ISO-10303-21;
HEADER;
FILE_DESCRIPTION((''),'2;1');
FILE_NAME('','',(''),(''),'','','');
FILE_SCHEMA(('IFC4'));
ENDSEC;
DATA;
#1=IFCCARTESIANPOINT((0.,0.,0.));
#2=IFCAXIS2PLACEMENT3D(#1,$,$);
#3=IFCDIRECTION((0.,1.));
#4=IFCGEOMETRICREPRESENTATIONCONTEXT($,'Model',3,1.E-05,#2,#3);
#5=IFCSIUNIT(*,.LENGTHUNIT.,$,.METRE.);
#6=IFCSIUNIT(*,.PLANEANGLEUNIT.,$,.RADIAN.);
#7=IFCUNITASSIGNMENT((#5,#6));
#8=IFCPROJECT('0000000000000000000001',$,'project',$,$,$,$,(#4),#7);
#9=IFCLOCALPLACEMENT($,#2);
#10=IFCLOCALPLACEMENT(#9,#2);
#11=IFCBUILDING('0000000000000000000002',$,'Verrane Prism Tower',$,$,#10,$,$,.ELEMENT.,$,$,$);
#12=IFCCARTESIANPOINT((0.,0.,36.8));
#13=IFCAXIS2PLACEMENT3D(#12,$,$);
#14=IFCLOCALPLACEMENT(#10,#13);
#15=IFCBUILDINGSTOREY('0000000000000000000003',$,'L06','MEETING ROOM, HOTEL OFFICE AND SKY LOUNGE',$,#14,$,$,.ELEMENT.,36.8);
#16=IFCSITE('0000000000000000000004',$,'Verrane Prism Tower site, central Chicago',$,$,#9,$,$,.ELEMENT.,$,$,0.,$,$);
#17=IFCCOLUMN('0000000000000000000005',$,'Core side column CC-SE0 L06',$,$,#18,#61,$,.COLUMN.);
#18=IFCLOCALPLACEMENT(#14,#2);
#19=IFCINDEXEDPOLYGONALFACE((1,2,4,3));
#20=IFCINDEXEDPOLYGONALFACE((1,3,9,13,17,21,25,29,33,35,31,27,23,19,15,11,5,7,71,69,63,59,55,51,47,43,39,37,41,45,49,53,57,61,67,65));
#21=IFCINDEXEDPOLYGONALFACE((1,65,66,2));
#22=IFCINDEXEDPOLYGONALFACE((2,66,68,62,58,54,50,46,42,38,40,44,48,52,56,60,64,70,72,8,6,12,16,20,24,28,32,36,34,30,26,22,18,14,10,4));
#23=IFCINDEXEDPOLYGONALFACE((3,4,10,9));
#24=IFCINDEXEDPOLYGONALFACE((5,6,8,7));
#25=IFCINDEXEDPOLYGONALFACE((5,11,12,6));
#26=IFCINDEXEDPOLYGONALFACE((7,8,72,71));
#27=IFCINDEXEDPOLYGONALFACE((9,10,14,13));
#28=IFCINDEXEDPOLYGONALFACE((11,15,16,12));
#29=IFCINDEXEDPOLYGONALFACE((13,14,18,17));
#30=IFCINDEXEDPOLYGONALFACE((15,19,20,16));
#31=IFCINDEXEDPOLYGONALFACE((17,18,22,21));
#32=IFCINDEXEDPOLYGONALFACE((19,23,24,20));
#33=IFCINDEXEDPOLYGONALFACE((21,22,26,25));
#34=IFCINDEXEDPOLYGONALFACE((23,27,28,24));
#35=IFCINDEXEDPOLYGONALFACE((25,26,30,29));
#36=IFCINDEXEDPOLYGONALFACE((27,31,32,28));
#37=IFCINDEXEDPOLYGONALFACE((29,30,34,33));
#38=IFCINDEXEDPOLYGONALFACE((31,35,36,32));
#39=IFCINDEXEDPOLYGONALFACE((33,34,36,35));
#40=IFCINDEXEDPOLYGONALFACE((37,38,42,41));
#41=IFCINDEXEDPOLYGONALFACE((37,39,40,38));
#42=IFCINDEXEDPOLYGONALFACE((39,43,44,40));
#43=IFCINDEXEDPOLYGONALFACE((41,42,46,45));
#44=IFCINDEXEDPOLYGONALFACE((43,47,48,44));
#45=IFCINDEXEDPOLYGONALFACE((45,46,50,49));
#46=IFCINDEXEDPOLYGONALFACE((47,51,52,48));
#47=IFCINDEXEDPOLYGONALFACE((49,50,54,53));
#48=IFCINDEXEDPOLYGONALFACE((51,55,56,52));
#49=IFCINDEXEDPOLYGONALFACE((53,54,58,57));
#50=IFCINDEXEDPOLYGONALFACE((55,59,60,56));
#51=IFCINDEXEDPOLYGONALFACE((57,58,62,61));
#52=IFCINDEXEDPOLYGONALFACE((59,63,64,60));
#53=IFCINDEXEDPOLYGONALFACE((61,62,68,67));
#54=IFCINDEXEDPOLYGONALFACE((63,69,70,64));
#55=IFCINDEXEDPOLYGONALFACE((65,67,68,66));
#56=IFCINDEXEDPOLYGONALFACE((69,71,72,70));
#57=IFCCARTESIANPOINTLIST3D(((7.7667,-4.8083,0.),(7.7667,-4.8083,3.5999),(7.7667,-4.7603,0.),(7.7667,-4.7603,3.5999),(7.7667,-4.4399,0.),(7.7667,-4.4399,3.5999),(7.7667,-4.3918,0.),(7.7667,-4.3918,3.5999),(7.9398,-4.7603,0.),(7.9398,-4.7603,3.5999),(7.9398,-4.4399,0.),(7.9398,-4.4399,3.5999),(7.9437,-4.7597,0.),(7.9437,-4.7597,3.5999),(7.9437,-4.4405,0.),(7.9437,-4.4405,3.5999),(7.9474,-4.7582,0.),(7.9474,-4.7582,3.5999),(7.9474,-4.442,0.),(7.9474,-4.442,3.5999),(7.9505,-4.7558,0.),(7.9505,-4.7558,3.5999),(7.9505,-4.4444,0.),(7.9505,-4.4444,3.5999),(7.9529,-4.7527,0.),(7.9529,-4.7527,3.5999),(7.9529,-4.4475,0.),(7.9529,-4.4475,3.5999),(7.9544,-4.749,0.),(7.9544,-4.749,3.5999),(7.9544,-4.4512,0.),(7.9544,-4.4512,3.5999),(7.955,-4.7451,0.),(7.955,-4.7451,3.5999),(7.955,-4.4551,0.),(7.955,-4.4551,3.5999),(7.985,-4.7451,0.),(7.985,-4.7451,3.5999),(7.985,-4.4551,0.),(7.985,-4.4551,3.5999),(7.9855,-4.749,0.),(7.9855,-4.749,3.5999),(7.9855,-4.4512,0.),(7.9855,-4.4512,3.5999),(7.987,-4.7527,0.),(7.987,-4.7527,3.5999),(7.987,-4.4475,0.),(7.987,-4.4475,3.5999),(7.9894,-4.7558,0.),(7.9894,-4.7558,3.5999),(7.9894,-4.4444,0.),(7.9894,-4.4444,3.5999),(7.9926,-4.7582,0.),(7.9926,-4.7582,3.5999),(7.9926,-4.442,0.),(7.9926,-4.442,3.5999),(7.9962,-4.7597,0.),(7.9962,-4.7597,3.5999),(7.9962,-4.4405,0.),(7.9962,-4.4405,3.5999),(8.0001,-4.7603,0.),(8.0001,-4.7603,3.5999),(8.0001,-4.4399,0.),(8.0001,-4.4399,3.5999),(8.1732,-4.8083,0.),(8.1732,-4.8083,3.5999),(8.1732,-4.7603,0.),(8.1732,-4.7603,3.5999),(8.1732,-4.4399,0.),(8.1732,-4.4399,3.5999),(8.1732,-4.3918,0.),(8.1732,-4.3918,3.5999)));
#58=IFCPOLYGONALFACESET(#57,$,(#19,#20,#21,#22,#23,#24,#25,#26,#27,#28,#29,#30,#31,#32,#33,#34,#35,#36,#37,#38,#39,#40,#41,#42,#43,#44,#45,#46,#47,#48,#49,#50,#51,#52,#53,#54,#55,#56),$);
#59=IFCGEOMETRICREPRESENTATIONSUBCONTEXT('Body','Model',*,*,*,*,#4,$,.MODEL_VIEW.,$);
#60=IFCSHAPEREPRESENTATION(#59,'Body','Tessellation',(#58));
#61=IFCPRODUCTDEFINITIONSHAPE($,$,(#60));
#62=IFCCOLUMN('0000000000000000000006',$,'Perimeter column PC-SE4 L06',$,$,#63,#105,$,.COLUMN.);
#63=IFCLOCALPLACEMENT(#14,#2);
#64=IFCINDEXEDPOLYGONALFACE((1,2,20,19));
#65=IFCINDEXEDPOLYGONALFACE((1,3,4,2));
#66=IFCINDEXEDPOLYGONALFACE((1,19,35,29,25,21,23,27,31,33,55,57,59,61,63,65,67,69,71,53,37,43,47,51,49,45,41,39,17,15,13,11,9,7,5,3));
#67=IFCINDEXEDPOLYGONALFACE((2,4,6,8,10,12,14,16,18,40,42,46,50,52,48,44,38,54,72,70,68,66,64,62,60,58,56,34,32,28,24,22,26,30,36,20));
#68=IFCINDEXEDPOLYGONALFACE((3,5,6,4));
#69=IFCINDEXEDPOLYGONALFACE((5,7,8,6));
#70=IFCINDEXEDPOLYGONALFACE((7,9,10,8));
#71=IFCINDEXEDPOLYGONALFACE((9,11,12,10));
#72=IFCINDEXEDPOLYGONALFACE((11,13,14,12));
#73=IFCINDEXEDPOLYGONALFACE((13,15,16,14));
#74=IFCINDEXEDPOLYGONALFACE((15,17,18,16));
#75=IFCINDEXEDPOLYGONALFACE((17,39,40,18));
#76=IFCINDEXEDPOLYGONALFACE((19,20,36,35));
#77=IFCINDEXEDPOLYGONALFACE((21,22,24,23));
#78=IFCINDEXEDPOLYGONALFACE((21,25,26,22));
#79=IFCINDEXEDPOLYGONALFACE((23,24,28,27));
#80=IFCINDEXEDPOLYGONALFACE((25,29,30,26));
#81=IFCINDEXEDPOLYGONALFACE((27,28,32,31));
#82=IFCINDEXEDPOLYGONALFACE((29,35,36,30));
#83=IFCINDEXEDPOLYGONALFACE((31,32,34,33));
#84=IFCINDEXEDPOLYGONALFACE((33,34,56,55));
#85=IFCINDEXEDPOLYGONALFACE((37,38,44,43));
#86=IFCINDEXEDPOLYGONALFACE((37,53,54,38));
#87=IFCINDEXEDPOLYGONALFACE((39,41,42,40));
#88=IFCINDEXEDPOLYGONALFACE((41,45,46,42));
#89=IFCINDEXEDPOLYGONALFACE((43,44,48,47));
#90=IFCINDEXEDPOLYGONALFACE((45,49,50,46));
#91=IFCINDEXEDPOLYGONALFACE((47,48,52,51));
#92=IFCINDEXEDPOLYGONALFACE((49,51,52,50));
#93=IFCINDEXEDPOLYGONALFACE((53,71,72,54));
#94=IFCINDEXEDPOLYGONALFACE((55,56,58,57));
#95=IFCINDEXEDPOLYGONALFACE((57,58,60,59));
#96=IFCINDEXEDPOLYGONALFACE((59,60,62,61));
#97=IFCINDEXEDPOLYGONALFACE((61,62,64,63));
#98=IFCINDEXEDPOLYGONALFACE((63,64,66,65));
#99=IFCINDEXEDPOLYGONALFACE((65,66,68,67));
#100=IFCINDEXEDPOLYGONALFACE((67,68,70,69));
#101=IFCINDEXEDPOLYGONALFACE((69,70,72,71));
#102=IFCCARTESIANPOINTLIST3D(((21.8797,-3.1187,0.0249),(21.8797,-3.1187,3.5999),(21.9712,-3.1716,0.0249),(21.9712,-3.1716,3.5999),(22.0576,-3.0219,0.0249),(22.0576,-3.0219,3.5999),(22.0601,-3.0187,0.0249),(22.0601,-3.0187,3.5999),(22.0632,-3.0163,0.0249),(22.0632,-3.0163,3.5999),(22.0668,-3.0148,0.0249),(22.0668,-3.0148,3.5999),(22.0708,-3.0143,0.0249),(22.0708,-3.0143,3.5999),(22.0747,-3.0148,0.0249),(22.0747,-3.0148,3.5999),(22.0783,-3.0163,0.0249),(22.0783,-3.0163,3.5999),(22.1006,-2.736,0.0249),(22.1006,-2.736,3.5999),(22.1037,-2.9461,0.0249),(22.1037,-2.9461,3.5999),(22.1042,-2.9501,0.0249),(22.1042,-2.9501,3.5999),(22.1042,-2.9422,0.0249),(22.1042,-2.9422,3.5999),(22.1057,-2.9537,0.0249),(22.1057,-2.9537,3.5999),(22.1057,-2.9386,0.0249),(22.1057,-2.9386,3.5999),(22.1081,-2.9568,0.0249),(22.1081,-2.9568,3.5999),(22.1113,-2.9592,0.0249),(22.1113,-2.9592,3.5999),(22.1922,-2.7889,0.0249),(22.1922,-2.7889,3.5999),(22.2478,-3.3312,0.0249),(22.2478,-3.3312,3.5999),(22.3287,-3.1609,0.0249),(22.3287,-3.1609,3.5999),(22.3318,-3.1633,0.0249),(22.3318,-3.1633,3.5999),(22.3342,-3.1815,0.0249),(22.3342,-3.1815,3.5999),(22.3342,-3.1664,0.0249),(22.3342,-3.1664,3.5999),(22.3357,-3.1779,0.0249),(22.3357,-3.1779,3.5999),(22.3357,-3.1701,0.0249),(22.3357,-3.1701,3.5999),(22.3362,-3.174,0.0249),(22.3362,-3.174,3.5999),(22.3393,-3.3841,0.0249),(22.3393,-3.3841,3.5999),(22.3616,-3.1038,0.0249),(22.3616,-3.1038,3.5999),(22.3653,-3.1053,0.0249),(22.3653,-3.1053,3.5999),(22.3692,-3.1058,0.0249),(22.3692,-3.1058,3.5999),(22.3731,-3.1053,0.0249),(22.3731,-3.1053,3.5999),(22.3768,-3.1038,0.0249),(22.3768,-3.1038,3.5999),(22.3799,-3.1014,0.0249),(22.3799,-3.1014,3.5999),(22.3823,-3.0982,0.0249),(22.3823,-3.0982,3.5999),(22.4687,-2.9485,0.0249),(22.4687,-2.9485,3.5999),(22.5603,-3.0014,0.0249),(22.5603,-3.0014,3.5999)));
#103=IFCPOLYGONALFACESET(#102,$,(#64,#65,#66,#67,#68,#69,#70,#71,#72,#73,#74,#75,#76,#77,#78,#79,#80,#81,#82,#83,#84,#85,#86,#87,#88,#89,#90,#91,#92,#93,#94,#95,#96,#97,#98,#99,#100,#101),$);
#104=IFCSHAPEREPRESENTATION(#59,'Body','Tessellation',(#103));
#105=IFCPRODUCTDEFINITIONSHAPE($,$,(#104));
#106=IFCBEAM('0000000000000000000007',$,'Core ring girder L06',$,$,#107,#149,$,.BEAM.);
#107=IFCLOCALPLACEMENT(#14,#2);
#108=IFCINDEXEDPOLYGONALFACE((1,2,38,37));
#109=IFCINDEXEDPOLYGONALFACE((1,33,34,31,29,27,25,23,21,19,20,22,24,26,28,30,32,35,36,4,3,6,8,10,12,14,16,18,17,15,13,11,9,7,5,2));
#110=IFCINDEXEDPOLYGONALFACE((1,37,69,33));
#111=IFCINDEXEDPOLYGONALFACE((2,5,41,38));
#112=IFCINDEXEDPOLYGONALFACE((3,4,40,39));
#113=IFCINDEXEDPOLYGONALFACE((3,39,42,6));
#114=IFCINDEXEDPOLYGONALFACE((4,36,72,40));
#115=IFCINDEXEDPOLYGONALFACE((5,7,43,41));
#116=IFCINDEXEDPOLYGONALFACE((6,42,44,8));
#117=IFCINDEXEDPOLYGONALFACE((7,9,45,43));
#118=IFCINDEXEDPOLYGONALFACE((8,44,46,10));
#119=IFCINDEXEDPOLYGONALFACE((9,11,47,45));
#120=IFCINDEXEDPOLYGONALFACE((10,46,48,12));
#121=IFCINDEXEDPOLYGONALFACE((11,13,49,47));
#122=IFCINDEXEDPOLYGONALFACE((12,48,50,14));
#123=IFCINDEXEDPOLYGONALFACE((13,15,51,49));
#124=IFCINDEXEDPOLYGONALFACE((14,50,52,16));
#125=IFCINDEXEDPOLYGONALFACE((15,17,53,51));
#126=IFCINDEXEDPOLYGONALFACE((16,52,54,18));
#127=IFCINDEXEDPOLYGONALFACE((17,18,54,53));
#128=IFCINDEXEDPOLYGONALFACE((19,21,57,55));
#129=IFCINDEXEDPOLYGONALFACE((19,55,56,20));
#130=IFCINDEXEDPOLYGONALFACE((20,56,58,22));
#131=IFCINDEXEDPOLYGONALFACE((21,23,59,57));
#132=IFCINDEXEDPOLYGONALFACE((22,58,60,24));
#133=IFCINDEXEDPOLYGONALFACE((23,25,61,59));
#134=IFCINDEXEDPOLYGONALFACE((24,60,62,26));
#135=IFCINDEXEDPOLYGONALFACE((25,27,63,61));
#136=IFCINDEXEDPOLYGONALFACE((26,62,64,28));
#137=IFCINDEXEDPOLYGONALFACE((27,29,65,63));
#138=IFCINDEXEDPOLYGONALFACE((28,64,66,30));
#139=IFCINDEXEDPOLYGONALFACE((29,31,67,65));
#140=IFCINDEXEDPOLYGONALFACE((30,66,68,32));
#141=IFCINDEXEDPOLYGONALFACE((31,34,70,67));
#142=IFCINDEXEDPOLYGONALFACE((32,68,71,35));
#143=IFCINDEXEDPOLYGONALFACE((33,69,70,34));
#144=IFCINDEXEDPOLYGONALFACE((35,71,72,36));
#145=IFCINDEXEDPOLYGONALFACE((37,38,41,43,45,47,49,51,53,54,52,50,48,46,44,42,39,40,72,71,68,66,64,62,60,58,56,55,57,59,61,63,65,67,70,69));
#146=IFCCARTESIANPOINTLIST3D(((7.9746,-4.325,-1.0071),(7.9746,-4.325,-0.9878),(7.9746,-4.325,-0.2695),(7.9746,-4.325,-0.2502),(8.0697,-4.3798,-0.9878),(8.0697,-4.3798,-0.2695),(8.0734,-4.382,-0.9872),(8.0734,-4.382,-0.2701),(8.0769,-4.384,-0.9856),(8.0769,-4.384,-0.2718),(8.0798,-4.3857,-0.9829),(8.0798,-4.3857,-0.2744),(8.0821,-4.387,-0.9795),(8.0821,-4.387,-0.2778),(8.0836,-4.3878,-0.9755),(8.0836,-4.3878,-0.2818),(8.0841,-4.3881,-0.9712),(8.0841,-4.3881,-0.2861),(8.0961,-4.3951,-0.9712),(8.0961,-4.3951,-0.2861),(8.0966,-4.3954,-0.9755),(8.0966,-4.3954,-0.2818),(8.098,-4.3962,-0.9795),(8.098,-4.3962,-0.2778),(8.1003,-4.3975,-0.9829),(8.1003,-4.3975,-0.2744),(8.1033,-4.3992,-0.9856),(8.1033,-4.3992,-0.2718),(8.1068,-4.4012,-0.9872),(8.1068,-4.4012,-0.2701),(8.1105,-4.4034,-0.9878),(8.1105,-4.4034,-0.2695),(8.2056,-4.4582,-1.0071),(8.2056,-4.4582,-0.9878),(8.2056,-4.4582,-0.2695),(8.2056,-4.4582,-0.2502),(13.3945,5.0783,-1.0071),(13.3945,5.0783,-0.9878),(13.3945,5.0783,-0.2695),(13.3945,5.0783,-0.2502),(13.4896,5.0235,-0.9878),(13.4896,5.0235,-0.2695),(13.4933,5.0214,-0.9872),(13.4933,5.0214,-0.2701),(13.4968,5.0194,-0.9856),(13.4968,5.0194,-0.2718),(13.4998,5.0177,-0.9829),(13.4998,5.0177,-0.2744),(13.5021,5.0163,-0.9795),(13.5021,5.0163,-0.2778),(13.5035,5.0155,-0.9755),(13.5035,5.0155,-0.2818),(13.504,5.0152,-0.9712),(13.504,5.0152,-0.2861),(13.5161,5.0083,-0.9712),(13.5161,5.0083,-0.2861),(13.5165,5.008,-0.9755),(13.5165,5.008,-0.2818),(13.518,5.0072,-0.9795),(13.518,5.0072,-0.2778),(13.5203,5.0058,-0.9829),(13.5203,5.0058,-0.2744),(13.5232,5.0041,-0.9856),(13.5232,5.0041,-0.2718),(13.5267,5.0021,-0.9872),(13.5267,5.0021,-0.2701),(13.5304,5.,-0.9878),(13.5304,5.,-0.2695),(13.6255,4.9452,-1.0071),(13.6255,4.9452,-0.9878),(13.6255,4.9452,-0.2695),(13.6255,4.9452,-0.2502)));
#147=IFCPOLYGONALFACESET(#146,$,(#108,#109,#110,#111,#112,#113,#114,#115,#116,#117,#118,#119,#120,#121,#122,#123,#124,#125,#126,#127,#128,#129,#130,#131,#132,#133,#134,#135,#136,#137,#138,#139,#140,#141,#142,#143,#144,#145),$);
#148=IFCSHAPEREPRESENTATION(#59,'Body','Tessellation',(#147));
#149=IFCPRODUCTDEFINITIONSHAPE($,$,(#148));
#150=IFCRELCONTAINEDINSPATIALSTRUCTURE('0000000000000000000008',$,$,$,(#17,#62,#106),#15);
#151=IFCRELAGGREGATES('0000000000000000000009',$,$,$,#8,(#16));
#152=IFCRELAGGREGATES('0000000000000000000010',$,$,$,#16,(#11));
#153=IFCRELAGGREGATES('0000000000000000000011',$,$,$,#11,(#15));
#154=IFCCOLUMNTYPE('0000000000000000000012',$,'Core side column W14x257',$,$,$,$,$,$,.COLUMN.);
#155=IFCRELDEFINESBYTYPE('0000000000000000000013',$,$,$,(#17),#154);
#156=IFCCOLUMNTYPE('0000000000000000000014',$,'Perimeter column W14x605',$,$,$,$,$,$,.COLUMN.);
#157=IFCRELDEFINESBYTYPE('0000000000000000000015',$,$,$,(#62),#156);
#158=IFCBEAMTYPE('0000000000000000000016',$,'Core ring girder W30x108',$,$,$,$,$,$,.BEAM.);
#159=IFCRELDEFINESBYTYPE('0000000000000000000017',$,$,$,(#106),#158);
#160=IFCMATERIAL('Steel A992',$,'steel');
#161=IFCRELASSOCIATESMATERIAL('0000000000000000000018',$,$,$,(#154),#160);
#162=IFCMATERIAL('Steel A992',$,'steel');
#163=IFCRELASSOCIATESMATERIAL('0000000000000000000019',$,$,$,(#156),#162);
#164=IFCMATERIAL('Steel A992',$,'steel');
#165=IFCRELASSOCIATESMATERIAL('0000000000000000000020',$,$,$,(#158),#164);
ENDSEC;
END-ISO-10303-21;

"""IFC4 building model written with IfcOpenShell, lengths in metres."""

from ifc_helpers import new_model, si_unit, direction, frame, origin, origin_2d, place, context, subcontext, project, spatial, i_section, extrude, material, material_profile, profile_set, type_object, element, save


model = new_model("IFC4")

# Units and contexts
model_context = context("Model", 3, precision=1e-05, world=origin(), true_north=direction((0.0, 1.0)))
body_context = subcontext(model_context, "Body", "Model", "MODEL_VIEW")
ifc_project = project(units=[si_unit("LENGTHUNIT", "METRE"), si_unit("PLANEANGLEUNIT", "RADIAN")], contexts=[model_context])

# Site, building, storey
site_placement = place(None, origin())
site = spatial("IfcSite", under=ifc_project, at=site_placement, Name="Verrane Prism Tower site, central Chicago", CompositionType="ELEMENT", RefElevation=0.0)
building_placement = place(site_placement, origin())
building = spatial("IfcBuilding", under=site, at=building_placement, Name="Verrane Prism Tower", CompositionType="ELEMENT")
storey_placement = place(building_placement, frame((0.0, 0.0, 36.8)))
storey = spatial("IfcBuildingStorey", under=building, at=storey_placement, Name="L06", Description="MEETING ROOM, HOTEL OFFICE AND SKY LOUNGE", CompositionType="ELEMENT", Elevation=36.8)

# Columns
ifc_material_1 = material(Name="Steel A992", Category="steel")
ifc_material_profile_1 = material_profile(ifc_material_1, i_section(OverallWidth=0.4065, OverallDepth=0.4165, WebThickness=0.03, FlangeThickness=0.0481, FilletRadius=0.0151, at=origin_2d()), Name="W14x257")
ifc_profile_set_1 = profile_set([ifc_material_profile_1], Name="Steel A992")
column_type_1 = type_object("IfcColumnType", Name="Core side column W14x257", PredefinedType="COLUMN", material=ifc_profile_set_1)
column_1_placement = place(storey_placement, frame((7.97, -4.6001, 0.0), z_axis=(0.0, 0.0, 1.0), x_axis=(1.0, 0.0, 0.0)))
element("IfcColumn", 1, at=column_1_placement, inside=storey, type_object=column_type_1, Name="Core side column CC-SE0 L06", PredefinedType="COLUMN", context=body_context, shape_type="SweptSolid", body=[
    extrude(i_section(OverallWidth=0.4065, OverallDepth=0.4165, WebThickness=0.03, FlangeThickness=0.0481, FilletRadius=0.0151, at=origin_2d()), origin(), (0.0, 0.0, 1.0), 3.5999),
])
ifc_material_2 = material(Name="Steel A992", Category="steel")
ifc_material_profile_2 = material_profile(ifc_material_2, i_section(OverallWidth=0.4419, OverallDepth=0.5308, WebThickness=0.0659, FlangeThickness=0.1057, FilletRadius=0.0151, at=origin_2d()), Name="W14x605")
ifc_profile_set_2 = profile_set([ifc_material_profile_2], Name="Steel A992")
column_type_2 = type_object("IfcColumnType", Name="Perimeter column W14x605", PredefinedType="COLUMN", material=ifc_profile_set_2)
column_2_placement = place(storey_placement, frame((22.22, -3.0601, 0.0249), z_axis=(0.0, 0.0, 1.0), x_axis=(-0.5, -0.866025, 0.0)))
element("IfcColumn", 2, at=column_2_placement, inside=storey, type_object=column_type_2, Name="Perimeter column PC-SE4 L06", PredefinedType="COLUMN", context=body_context, shape_type="SweptSolid", body=[
    extrude(i_section(OverallWidth=0.4419, OverallDepth=0.5308, WebThickness=0.0659, FlangeThickness=0.1057, FilletRadius=0.0151, at=origin_2d()), origin(), (0.0, 0.0, 1.0), 3.575),
])

# Beam
ifc_material_3 = material(Name="Steel A992", Category="steel")
ifc_material_profile_3 = material_profile(ifc_material_3, i_section(OverallWidth=0.2666, OverallDepth=0.7568, WebThickness=0.0139, FlangeThickness=0.0193, FilletRadius=0.0166, at=origin_2d()), Name="W30x108")
ifc_profile_set_3 = profile_set([ifc_material_profile_3], Name="Steel A992")
beam_type_1 = type_object("IfcBeamType", Name="Core ring girder W30x108", PredefinedType="BEAM", material=ifc_profile_set_3)
beam_1_placement = place(storey_placement, frame((8.0901, -4.3916, -0.6287), z_axis=(0.499372, 0.866388, 0.0), x_axis=(-0.866388, 0.499372, 0.0)))
element("IfcBeam", 3, at=beam_1_placement, inside=storey, type_object=beam_type_1, Name="Core ring girder L06", PredefinedType="BEAM", context=body_context, shape_type="SweptSolid", body=[
    extrude(i_section(OverallWidth=0.2666, OverallDepth=0.7568, WebThickness=0.0139, FlangeThickness=0.0193, FilletRadius=0.0166, at=origin_2d()), origin(), (0.0, 0.0, 1.0), 10.8535),
])

save(model, "model.ifc")
